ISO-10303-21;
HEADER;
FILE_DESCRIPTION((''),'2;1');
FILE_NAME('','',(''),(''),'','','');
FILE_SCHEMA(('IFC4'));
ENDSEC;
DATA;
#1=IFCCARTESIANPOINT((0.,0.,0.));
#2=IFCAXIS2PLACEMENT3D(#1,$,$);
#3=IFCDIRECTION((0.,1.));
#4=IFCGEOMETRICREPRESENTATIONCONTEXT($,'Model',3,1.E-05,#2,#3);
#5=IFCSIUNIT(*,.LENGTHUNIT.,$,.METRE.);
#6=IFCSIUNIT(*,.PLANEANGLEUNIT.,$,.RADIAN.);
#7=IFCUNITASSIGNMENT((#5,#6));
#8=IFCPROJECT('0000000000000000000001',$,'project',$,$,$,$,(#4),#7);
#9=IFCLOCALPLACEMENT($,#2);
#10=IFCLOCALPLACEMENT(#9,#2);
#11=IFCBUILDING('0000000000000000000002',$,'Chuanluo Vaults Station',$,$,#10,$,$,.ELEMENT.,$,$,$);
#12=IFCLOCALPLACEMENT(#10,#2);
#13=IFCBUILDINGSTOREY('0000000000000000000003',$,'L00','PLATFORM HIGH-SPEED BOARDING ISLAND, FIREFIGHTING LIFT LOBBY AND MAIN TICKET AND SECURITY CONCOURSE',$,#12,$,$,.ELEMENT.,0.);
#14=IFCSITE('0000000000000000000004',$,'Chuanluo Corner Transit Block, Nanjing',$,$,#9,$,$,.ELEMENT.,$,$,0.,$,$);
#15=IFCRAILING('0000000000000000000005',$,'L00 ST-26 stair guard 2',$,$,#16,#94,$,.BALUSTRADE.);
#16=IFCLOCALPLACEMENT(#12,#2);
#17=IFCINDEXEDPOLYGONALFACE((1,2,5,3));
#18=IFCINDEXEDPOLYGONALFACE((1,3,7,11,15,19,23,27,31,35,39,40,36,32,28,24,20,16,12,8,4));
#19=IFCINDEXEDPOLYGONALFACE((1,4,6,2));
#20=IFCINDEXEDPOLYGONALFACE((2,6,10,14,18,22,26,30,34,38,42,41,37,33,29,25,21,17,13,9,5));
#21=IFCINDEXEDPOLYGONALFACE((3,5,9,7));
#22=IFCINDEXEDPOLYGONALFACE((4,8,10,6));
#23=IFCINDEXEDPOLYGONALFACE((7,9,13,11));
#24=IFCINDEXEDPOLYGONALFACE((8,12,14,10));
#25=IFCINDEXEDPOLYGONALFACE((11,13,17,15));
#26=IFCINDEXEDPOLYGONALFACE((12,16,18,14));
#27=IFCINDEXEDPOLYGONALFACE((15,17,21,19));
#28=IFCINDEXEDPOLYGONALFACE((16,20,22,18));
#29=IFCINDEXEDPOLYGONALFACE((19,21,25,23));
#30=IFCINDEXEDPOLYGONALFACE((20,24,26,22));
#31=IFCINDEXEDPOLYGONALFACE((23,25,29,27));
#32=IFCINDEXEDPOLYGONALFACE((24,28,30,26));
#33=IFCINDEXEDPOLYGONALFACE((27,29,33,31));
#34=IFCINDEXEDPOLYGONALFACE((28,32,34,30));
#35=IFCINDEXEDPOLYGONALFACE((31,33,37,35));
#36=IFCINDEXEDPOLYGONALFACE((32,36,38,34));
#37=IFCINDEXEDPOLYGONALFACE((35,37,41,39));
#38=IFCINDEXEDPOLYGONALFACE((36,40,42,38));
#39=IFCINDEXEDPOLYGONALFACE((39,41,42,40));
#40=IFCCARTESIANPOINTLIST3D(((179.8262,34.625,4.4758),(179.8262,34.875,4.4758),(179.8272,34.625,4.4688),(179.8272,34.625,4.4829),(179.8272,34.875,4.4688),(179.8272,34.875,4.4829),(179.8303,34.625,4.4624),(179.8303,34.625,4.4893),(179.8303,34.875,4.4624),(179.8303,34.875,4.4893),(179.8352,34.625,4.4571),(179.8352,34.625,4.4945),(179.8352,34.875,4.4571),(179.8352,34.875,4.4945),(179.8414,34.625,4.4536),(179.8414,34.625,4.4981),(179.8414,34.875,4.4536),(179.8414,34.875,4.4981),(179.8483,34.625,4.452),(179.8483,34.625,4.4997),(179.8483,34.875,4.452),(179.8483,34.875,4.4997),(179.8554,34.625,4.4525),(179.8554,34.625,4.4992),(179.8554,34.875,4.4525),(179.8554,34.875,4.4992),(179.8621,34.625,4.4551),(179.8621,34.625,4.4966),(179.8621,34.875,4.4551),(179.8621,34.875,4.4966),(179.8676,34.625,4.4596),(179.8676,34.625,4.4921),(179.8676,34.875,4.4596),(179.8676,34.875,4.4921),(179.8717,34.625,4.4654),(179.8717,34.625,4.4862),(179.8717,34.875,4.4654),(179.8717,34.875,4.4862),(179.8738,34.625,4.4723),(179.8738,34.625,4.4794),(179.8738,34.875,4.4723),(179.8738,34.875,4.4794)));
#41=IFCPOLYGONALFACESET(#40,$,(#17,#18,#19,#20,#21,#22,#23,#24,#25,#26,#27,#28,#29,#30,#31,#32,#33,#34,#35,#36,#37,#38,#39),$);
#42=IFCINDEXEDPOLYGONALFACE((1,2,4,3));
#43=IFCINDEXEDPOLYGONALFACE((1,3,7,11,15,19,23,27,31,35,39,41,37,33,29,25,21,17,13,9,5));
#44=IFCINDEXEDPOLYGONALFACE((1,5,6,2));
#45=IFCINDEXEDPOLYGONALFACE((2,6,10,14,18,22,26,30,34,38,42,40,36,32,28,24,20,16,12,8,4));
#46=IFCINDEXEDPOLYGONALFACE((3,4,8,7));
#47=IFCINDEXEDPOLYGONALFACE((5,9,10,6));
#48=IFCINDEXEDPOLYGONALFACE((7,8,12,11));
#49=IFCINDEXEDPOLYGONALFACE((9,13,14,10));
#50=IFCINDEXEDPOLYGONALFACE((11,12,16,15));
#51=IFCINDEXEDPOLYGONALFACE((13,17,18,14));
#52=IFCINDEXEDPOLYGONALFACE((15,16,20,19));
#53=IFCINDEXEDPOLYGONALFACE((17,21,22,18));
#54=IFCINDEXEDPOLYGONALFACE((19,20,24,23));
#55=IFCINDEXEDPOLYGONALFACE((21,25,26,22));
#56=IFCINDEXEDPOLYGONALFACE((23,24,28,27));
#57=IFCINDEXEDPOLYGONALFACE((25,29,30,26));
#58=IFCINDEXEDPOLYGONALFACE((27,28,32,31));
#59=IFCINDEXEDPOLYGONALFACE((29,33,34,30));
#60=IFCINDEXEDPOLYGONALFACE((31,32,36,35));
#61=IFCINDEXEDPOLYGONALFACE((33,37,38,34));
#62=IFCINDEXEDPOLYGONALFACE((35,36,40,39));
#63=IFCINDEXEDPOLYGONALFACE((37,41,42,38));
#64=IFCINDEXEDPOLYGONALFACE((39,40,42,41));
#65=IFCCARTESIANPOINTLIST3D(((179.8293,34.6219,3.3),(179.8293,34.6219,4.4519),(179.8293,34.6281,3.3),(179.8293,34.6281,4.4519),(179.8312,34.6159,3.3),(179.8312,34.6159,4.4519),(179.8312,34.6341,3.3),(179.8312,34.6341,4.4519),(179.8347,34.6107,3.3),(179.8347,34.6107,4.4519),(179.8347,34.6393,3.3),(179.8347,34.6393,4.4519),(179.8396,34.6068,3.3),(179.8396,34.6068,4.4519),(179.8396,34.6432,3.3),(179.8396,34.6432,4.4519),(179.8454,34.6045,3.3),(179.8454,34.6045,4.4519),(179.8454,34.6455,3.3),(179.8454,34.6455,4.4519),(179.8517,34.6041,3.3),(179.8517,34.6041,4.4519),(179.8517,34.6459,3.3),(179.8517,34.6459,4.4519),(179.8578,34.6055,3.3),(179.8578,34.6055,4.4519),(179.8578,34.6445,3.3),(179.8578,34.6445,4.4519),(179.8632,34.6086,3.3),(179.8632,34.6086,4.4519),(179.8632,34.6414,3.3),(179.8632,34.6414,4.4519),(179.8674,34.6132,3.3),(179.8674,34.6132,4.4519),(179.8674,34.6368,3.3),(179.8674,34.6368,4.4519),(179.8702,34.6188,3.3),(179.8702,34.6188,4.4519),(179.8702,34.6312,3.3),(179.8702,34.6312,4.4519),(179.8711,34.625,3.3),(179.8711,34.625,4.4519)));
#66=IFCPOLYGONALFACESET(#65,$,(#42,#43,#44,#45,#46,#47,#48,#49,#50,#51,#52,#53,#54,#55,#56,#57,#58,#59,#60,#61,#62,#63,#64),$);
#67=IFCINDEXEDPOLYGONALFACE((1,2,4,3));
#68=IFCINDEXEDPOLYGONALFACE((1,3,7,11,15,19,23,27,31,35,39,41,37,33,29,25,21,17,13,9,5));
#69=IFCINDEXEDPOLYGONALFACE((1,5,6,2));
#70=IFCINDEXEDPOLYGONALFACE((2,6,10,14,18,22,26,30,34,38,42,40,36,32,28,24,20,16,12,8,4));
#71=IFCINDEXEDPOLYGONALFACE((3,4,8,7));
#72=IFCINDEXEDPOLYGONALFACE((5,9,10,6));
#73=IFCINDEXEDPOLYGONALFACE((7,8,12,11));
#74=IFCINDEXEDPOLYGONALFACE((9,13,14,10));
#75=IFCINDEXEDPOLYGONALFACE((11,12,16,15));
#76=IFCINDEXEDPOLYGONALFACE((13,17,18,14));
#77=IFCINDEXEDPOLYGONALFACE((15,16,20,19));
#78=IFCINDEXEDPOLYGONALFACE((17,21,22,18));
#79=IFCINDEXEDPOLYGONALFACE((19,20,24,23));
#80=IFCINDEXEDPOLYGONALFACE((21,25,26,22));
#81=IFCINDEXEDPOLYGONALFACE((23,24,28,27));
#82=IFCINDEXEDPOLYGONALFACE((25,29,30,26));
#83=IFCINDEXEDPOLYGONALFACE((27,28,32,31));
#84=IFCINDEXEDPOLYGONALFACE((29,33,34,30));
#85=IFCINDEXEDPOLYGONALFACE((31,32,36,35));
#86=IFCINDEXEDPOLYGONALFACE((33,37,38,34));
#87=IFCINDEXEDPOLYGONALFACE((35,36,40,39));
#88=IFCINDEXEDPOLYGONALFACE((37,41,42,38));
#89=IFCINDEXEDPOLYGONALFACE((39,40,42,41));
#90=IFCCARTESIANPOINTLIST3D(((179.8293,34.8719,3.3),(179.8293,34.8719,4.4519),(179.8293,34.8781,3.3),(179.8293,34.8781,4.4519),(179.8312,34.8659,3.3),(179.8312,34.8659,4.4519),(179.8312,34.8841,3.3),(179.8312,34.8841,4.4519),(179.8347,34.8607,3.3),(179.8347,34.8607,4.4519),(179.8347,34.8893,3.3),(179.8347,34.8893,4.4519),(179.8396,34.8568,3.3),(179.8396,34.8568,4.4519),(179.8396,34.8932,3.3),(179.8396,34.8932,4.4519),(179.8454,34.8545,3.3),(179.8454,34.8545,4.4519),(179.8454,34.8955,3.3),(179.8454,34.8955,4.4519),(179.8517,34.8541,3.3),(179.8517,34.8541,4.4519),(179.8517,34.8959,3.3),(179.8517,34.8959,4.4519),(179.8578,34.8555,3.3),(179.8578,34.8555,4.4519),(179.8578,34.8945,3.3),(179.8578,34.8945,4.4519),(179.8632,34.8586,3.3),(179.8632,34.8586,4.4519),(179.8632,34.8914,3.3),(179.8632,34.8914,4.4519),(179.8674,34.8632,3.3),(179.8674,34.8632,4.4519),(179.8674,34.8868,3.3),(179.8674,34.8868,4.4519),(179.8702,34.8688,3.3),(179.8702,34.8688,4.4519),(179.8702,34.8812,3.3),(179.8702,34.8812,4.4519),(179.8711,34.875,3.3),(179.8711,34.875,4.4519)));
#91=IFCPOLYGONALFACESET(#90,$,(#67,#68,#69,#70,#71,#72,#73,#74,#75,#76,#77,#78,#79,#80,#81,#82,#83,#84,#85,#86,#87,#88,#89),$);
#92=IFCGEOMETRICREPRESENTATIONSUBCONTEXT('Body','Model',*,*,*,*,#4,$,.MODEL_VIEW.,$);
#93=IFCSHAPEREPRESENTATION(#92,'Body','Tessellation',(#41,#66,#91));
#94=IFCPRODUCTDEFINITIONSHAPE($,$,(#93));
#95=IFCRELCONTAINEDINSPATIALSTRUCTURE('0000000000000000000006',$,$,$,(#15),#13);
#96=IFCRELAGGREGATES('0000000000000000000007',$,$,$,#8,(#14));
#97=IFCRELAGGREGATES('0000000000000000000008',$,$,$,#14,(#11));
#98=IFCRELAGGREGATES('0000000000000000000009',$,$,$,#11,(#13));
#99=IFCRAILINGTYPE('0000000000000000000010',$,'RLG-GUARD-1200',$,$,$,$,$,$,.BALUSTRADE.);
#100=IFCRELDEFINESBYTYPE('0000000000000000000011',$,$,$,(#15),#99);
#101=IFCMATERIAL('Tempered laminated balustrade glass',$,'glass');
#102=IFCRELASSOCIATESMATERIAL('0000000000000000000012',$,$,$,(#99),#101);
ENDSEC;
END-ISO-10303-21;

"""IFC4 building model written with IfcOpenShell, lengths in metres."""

from ifc_helpers import new_model, si_unit, direction, frame, origin, origin_2d, place, context, subcontext, project, spatial, circle, extrude, material, type_object, element, save


model = new_model("IFC4")

# Units and contexts
model_context = context("Model", 3, precision=1e-05, world=origin(), true_north=direction((0.0, 1.0)))
body_context = subcontext(model_context, "Body", "Model", "MODEL_VIEW")
ifc_project = project(units=[si_unit("LENGTHUNIT", "METRE"), si_unit("PLANEANGLEUNIT", "RADIAN")], contexts=[model_context])

# Site, building, storey
site_placement = place(None, origin())
site = spatial("IfcSite", under=ifc_project, at=site_placement, Name="Chuanluo Corner Transit Block, Nanjing", CompositionType="ELEMENT", RefElevation=0.0)
building_placement = place(site_placement, origin())
building = spatial("IfcBuilding", under=site, at=building_placement, Name="Chuanluo Vaults Station", CompositionType="ELEMENT")
storey_placement = place(building_placement, origin())
storey = spatial("IfcBuildingStorey", under=building, at=storey_placement, Name="L00", Description="PLATFORM HIGH-SPEED BOARDING ISLAND, FIREFIGHTING LIFT LOBBY AND MAIN TICKET AND SECURITY CONCOURSE", CompositionType="ELEMENT", Elevation=0.0)

# Railing
ifc_material_1 = material(Name="Tempered laminated balustrade glass", Category="glass")
railing_type_1 = type_object("IfcRailingType", Name="RLG-GUARD-1200", PredefinedType="BALUSTRADE", material=ifc_material_1)
railing_1_placement = place(storey_placement, frame((179.8501, 34.625, 3.3)))
element("IfcRailing", 1, at=railing_1_placement, inside=storey, type_object=railing_type_1, Name="L00 ST-26 stair guard 2", PredefinedType="BALUSTRADE", context=body_context, shape_type="SweptSolid", body=[
    extrude(circle(Radius=0.0239, at=origin_2d()), frame((0.0, 0.0, 1.1758), z_axis=(0.0, 1.0, 0.0), x_axis=(-1.0, 0.0, 0.0)), (0.0, 0.0, 1.0), 0.25),
    extrude(circle(Radius=0.021, at=origin_2d()), origin(), (0.0, 0.0, 1.0), 1.1519),
    extrude(circle(Radius=0.021, at=origin_2d()), frame((0.0, 0.25, 0.0)), (0.0, 0.0, 1.0), 1.1519),
])

save(model, "model.ifc")
